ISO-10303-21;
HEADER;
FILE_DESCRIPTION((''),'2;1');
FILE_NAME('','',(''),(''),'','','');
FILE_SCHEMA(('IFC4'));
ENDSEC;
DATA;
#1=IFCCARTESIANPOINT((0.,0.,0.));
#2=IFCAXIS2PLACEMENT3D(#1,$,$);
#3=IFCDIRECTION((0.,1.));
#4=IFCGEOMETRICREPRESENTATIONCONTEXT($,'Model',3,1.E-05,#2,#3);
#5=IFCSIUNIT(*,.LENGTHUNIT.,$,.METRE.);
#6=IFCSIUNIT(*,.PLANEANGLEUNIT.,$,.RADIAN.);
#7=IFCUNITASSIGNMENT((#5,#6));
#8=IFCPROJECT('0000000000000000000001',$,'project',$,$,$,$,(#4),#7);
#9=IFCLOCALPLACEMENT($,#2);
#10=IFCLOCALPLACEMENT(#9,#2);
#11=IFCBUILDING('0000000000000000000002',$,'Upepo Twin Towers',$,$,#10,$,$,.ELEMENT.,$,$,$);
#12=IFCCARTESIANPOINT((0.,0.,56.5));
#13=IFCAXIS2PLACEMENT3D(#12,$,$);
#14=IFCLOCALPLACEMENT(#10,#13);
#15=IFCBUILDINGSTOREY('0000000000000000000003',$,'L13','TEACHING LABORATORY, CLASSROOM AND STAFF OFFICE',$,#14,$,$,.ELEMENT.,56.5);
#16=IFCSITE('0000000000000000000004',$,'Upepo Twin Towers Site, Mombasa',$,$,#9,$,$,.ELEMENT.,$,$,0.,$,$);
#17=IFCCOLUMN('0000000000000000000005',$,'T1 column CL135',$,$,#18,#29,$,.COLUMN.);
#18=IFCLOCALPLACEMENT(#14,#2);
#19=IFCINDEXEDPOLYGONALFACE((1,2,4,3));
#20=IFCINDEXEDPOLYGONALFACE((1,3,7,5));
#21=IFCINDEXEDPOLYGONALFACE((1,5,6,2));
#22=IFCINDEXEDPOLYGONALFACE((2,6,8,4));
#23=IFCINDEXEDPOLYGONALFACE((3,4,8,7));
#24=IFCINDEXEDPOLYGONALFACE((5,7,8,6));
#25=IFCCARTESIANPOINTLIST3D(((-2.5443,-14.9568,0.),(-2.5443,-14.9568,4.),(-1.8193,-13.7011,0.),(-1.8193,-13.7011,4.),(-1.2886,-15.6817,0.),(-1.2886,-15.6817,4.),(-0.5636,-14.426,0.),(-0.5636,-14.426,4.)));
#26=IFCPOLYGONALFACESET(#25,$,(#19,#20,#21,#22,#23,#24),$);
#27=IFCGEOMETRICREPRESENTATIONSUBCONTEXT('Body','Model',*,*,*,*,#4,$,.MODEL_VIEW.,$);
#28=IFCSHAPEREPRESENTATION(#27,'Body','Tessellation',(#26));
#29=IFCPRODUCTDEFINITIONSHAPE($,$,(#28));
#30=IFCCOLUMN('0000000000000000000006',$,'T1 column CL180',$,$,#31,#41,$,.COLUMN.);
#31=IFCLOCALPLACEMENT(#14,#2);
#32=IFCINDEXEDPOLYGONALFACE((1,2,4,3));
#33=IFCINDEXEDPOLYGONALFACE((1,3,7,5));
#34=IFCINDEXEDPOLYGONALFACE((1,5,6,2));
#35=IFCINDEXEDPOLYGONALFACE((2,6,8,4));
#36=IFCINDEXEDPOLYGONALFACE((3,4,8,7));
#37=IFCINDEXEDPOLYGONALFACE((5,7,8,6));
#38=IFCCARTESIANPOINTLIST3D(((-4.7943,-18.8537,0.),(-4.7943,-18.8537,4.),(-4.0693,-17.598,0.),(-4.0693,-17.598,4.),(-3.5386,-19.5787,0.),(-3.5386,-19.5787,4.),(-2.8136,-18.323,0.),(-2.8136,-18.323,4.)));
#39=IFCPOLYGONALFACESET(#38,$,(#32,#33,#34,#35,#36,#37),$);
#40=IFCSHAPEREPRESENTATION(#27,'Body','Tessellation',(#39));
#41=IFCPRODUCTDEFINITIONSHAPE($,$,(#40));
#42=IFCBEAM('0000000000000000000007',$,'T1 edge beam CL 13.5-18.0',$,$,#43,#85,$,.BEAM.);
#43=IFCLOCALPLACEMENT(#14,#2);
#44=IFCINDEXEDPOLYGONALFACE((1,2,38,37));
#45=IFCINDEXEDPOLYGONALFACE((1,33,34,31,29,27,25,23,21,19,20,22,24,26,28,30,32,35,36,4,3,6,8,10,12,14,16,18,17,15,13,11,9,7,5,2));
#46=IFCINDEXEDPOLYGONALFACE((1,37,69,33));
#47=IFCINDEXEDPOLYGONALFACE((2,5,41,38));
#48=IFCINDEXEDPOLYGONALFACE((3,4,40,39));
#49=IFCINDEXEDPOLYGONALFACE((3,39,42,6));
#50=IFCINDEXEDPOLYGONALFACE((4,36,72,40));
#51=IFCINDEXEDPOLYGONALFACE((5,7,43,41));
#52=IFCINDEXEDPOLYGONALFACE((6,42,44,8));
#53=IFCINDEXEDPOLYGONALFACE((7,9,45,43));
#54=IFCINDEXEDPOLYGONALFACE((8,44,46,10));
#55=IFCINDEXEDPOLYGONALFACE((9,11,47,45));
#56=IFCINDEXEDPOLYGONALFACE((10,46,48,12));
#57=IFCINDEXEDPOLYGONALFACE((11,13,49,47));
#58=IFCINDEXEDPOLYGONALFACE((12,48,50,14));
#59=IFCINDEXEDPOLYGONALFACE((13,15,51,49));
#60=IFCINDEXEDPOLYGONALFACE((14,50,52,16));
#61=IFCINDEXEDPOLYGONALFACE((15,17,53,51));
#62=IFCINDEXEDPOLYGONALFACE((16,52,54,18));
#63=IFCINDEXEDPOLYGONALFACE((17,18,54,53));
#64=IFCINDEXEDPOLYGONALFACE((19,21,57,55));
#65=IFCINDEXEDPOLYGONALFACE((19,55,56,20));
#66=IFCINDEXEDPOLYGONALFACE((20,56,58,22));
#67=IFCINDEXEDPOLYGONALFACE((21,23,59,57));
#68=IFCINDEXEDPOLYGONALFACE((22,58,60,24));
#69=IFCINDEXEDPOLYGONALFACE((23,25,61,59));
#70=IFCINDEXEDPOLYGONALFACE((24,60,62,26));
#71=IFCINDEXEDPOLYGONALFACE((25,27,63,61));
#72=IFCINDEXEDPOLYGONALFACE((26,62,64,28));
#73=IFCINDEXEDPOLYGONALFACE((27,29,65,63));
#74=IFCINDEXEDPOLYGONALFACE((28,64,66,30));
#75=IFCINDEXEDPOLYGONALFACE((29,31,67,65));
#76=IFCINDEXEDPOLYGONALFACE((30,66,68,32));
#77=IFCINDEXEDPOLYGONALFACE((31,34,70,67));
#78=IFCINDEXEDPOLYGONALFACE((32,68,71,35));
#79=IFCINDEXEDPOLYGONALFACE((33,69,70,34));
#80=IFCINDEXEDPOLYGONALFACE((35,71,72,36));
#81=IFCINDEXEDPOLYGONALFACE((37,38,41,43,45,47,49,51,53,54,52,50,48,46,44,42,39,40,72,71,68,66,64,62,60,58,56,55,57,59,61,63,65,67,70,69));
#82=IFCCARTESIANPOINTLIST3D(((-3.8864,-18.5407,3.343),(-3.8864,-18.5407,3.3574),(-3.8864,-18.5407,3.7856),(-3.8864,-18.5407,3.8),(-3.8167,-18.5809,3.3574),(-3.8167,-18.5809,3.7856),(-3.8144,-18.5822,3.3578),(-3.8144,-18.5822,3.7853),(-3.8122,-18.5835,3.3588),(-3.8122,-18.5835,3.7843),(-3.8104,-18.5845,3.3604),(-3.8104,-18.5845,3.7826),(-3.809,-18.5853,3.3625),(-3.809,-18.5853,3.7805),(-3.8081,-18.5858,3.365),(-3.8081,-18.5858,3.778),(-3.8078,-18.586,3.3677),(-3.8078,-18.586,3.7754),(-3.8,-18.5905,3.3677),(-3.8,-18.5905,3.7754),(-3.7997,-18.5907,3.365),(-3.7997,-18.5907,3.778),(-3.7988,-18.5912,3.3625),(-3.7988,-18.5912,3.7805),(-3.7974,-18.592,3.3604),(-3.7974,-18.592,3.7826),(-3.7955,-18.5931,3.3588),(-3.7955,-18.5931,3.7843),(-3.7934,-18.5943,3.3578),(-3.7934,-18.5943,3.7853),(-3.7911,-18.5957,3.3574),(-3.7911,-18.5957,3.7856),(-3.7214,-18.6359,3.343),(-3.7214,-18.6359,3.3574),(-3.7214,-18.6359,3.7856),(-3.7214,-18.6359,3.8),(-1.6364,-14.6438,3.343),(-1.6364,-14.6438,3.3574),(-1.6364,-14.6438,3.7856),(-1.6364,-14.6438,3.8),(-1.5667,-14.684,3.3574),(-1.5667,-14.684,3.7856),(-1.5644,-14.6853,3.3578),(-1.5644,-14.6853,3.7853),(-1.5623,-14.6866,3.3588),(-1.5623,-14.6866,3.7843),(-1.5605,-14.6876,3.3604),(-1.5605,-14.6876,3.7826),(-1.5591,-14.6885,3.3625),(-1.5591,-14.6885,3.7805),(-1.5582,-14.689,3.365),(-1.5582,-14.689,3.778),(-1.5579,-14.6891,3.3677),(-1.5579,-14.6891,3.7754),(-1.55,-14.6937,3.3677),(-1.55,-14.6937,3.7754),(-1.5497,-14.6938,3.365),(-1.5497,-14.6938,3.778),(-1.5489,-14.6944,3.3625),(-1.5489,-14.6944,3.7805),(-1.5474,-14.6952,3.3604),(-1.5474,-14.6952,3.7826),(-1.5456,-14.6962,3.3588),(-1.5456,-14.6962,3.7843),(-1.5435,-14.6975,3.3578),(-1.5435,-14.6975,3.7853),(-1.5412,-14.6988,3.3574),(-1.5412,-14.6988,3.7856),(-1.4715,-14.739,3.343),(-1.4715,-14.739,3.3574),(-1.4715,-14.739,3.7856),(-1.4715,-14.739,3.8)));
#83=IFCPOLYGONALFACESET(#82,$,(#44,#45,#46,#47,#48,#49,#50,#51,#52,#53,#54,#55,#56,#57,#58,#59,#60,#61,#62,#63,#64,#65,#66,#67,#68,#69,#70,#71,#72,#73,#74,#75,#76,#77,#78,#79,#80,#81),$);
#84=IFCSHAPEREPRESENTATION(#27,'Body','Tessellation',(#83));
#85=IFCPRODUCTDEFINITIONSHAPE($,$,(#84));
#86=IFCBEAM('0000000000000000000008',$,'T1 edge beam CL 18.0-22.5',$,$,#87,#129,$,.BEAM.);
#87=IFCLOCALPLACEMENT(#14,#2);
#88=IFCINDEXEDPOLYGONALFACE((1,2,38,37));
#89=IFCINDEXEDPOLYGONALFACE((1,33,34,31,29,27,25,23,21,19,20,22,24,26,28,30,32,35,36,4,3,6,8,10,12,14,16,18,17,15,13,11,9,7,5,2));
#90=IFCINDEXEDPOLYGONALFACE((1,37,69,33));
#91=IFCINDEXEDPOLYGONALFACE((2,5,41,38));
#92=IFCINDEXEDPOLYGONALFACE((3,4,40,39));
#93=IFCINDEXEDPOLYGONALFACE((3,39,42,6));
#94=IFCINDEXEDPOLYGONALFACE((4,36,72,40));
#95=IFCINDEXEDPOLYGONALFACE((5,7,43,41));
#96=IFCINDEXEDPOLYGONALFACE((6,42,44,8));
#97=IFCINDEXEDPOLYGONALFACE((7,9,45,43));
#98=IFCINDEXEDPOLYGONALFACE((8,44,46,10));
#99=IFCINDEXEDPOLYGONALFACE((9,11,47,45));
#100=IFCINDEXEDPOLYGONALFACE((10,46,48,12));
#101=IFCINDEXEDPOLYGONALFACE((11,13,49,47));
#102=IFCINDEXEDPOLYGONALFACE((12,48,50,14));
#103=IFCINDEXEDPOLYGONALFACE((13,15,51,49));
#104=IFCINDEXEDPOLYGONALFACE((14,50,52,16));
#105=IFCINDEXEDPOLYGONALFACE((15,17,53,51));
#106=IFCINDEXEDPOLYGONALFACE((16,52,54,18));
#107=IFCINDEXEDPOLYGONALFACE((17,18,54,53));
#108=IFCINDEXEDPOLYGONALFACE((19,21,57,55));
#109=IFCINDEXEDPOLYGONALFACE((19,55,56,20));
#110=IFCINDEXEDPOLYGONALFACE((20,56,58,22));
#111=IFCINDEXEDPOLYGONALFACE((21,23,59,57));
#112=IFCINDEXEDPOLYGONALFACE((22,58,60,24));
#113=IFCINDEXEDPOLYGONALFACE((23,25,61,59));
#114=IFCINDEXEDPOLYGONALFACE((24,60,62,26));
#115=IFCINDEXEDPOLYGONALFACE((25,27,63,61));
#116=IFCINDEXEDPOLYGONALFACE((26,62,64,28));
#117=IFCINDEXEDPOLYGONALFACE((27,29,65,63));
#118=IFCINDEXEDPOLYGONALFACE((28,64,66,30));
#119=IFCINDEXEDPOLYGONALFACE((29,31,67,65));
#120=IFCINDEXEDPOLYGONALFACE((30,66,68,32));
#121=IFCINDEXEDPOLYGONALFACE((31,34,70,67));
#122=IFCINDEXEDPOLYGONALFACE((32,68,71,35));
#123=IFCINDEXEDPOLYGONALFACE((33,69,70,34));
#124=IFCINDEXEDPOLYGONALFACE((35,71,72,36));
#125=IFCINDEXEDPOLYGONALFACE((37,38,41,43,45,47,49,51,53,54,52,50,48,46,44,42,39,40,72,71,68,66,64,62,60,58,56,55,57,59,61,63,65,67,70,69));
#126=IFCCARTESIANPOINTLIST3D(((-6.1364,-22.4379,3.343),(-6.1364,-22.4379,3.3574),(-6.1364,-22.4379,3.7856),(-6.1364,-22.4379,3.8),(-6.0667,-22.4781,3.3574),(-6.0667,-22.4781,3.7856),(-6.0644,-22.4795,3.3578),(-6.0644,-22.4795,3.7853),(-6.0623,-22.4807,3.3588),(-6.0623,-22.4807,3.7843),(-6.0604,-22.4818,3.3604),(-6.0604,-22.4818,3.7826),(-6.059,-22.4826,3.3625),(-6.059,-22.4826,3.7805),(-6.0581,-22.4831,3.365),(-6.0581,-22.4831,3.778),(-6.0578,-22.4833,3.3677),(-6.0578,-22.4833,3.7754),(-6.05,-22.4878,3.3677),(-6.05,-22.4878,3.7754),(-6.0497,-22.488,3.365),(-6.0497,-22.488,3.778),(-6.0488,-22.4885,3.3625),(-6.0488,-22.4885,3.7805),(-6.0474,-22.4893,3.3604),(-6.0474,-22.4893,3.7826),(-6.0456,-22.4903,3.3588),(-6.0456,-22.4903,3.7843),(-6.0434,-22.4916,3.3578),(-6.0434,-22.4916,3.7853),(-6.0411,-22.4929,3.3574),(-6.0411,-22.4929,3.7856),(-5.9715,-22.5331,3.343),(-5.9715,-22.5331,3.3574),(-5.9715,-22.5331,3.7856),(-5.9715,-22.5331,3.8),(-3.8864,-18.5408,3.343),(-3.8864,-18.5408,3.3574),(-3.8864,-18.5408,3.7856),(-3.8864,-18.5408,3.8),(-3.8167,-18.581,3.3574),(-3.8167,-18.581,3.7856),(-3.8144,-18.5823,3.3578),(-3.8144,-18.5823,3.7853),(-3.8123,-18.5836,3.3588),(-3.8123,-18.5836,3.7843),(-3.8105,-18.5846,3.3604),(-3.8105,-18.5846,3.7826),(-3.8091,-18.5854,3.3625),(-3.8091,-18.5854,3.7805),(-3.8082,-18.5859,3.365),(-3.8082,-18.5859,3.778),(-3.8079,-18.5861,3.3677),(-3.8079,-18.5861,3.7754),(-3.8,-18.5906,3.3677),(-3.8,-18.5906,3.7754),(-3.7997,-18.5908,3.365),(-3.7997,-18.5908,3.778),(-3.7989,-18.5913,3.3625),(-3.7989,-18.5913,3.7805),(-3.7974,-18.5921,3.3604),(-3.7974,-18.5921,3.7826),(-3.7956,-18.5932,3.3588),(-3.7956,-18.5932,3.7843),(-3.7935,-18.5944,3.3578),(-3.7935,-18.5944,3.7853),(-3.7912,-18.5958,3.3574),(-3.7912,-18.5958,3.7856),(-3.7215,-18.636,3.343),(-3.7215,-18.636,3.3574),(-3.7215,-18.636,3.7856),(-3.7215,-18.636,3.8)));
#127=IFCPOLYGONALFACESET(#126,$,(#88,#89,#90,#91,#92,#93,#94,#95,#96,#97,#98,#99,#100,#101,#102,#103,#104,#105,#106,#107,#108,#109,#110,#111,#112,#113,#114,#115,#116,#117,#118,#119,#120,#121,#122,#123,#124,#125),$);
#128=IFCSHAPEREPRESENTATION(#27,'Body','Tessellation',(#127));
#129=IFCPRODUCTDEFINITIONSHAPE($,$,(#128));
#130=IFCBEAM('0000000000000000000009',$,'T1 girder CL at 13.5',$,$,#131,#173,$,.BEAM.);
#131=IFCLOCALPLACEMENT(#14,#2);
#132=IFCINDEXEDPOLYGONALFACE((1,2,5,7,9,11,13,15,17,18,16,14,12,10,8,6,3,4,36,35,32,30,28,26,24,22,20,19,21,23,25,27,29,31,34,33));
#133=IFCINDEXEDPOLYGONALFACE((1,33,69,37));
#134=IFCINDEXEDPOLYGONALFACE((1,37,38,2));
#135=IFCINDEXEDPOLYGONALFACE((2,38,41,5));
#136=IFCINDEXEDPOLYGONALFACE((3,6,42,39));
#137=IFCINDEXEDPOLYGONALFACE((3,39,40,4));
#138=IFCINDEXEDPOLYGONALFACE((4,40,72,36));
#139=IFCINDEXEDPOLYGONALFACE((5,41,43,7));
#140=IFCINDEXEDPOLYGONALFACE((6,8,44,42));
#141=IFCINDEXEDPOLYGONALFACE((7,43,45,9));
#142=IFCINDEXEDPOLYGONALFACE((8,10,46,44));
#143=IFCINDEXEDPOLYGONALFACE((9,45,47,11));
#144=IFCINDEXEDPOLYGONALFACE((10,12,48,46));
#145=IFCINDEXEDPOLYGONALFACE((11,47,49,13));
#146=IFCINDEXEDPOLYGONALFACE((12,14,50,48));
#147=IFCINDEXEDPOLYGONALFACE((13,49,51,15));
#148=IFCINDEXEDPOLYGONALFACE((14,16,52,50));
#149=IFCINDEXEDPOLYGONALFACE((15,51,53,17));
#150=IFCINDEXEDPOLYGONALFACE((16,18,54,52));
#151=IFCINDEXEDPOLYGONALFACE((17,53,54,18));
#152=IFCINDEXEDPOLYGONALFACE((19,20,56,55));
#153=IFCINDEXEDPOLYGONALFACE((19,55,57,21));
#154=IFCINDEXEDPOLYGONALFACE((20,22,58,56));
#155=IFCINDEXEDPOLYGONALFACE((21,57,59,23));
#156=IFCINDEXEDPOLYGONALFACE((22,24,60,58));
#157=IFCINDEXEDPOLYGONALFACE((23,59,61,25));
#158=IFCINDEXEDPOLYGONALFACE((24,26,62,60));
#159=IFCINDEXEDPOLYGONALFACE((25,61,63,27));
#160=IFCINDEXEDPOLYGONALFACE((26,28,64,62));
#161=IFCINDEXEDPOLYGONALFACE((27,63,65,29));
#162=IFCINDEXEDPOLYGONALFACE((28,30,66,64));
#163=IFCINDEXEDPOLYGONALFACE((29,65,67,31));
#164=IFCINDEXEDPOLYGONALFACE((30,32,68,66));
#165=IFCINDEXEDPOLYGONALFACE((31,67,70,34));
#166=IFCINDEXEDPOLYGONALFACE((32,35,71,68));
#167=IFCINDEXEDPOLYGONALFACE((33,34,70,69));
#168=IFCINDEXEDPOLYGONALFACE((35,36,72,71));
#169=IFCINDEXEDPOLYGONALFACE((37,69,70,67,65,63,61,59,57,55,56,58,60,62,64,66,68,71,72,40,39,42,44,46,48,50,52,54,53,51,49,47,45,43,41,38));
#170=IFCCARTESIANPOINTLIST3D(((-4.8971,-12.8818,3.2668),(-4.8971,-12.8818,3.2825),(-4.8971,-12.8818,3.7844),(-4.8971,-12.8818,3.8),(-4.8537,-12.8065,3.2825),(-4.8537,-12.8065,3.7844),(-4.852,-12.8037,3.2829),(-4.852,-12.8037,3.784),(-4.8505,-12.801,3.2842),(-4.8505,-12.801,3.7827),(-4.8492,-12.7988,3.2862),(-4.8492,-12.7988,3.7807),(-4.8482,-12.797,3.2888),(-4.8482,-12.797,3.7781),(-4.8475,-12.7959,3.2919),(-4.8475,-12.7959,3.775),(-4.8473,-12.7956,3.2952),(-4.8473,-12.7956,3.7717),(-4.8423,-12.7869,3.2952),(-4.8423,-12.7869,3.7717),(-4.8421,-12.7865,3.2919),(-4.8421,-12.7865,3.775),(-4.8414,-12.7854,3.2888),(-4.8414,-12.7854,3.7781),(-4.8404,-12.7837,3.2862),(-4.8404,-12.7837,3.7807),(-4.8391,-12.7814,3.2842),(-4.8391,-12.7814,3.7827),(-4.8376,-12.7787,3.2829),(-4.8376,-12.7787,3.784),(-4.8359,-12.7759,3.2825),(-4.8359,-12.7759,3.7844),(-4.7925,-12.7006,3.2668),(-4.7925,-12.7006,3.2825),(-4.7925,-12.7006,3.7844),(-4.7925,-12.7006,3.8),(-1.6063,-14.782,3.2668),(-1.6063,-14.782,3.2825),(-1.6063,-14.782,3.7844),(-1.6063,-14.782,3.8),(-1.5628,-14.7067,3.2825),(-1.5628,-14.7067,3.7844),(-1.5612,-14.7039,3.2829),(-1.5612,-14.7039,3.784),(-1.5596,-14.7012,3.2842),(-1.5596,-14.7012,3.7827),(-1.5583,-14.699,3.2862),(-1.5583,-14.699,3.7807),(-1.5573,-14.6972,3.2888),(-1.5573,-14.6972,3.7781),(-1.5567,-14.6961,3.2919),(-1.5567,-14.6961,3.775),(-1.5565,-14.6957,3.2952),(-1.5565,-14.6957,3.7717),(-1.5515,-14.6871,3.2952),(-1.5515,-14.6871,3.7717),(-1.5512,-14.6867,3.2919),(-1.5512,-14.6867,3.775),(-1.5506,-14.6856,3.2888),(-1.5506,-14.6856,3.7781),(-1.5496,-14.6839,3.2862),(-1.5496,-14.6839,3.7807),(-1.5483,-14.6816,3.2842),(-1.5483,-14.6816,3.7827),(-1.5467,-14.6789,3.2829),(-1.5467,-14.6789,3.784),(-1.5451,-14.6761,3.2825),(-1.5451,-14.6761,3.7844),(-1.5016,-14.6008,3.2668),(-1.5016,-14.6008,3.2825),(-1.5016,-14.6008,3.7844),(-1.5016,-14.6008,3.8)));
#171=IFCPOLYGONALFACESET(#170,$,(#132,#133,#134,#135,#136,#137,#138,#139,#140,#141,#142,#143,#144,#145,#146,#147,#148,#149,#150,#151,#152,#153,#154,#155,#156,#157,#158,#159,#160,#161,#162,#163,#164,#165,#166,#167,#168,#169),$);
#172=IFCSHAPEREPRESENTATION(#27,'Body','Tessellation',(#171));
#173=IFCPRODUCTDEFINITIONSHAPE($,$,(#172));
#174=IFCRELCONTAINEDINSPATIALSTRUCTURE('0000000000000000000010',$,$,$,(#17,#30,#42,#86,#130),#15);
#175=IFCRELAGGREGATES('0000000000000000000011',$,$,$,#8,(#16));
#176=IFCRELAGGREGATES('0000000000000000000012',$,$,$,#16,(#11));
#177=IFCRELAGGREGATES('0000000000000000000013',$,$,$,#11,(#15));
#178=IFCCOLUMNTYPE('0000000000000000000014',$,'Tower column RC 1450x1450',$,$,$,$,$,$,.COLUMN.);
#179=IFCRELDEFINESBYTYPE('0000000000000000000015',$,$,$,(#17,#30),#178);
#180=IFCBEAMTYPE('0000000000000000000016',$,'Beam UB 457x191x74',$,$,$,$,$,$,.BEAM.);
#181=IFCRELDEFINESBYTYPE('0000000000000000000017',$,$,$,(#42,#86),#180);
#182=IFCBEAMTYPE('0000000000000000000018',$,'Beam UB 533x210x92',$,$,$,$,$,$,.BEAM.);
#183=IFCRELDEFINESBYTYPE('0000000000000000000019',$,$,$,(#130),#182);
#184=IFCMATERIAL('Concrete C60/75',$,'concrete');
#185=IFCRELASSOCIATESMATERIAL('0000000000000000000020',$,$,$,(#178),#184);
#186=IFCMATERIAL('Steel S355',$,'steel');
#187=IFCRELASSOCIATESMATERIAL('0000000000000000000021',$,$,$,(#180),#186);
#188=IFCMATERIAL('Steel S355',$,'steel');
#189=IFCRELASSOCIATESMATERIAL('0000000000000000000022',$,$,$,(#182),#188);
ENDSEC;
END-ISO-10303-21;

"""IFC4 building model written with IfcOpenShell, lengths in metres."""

from ifc_helpers import new_model, si_unit, direction, frame, origin, origin_2d, place, context, subcontext, project, spatial, rectangle, i_section, extrude, material, material_profile, profile_set, type_object, element, save


model = new_model("IFC4")

# Units and contexts
model_context = context("Model", 3, precision=1e-05, world=origin(), true_north=direction((0.0, 1.0)))
body_context = subcontext(model_context, "Body", "Model", "MODEL_VIEW")
ifc_project = project(units=[si_unit("LENGTHUNIT", "METRE"), si_unit("PLANEANGLEUNIT", "RADIAN")], contexts=[model_context])

# Site, building, storey
site_placement = place(None, origin())
site = spatial("IfcSite", under=ifc_project, at=site_placement, Name="Upepo Twin Towers Site, Mombasa", CompositionType="ELEMENT", RefElevation=0.0)
building_placement = place(site_placement, origin())
building = spatial("IfcBuilding", under=site, at=building_placement, Name="Upepo Twin Towers", CompositionType="ELEMENT")
storey_placement = place(building_placement, frame((0.0, 0.0, 56.5)))
storey = spatial("IfcBuildingStorey", under=building, at=storey_placement, Name="L13", Description="TEACHING LABORATORY, CLASSROOM AND STAFF OFFICE", CompositionType="ELEMENT", Elevation=56.5)

# Columns
ifc_material_1 = material(Name="Concrete C60/75", Category="concrete")
ifc_material_profile_1 = material_profile(ifc_material_1, rectangle(XDim=1.45, YDim=1.45, at=origin_2d()), Name="RC 1450x1450")
ifc_profile_set_1 = profile_set([ifc_material_profile_1], Name="Concrete C60/75")
column_type = type_object("IfcColumnType", Name="Tower column RC 1450x1450", PredefinedType="COLUMN", material=ifc_profile_set_1)
for number, where, z_axis, x_axis, name in (
    (1, (-1.554, -14.6914, 0.0), (0.0, 0.0, 1.0), (0.5, 0.866025, 0.0), "T1 column CL135"),
    (2, (-3.804, -18.5884, 0.0), (0.0, 0.0, 1.0), (0.5, 0.866025, 0.0), "T1 column CL180"),
):
    element("IfcColumn", number, at=place(storey_placement, frame(where, z_axis=z_axis, x_axis=x_axis)), inside=storey, type_object=column_type, Name=name, PredefinedType="COLUMN", context=body_context, shape_type="SweptSolid", body=[
        extrude(rectangle(XDim=1.45, YDim=1.45, at=origin_2d()), origin(), (0.0, 0.0, 1.0), 4.0),
    ])

# Beams
ifc_material_2 = material(Name="Steel S355", Category="steel")
ifc_material_profile_2 = material_profile(ifc_material_2, i_section(OverallWidth=0.1904, OverallDepth=0.457, WebThickness=0.009, FlangeThickness=0.0144, FilletRadius=0.0103, at=origin_2d()), Name="UB 457x191x74")
ifc_profile_set_2 = profile_set([ifc_material_profile_2], Name="Steel S355")
beam_type_1 = type_object("IfcBeamType", Name="Beam UB 457x191x74", PredefinedType="BEAM", material=ifc_profile_set_2)
beam_1_placement = place(storey_placement, frame((-1.554, -14.6914, 3.5715), z_axis=(-0.500014, -0.866018, 0.0), x_axis=(0.866018, -0.500014, 0.0)))
element("IfcBeam", 3, at=beam_1_placement, inside=storey, type_object=beam_type_1, Name="T1 edge beam CL 13.5-18.0", PredefinedType="BEAM", context=body_context, shape_type="SweptSolid", body=[
    extrude(i_section(OverallWidth=0.1904, OverallDepth=0.457, WebThickness=0.009, FlangeThickness=0.0144, FilletRadius=0.0103, at=origin_2d()), origin(), (0.0, 0.0, 1.0), 4.4998),
])
beam_2_placement = place(storey_placement, frame((-3.804, -18.5884, 3.5715), z_axis=(-0.49999, -0.866031, 0.0), x_axis=(0.866031, -0.49999, 0.0)))
element("IfcBeam", 4, at=beam_2_placement, inside=storey, type_object=beam_type_1, Name="T1 edge beam CL 18.0-22.5", PredefinedType="BEAM", context=body_context, shape_type="SweptSolid", body=[
    extrude(i_section(OverallWidth=0.1904, OverallDepth=0.457, WebThickness=0.009, FlangeThickness=0.0144, FilletRadius=0.0103, at=origin_2d()), origin(), (0.0, 0.0, 1.0), 4.5),
])
ifc_material_3 = material(Name="Steel S355", Category="steel")
ifc_material_profile_3 = material_profile(ifc_material_3, i_section(OverallWidth=0.2092, OverallDepth=0.5332, WebThickness=0.01, FlangeThickness=0.0156, FilletRadius=0.0127, at=origin_2d()), Name="UB 533x210x92")
ifc_profile_set_3 = profile_set([ifc_material_profile_3], Name="Steel S355")
beam_type_2 = type_object("IfcBeamType", Name="Beam UB 533x210x92", PredefinedType="BEAM", material=ifc_profile_set_3)
beam_3_placement = place(storey_placement, frame((-1.554, -14.6914, 3.5334), z_axis=(-0.866, 0.500043, 0.0), x_axis=(-0.500043, -0.866, 0.0)))
element("IfcBeam", 5, at=beam_3_placement, inside=storey, type_object=beam_type_2, Name="T1 girder CL at 13.5", PredefinedType="BEAM", context=body_context, shape_type="SweptSolid", body=[
    extrude(i_section(OverallWidth=0.2092, OverallDepth=0.5332, WebThickness=0.01, FlangeThickness=0.0156, FilletRadius=0.0127, at=origin_2d()), origin(), (0.0, 0.0, 1.0), 3.8),
])

save(model, "model.ifc")
